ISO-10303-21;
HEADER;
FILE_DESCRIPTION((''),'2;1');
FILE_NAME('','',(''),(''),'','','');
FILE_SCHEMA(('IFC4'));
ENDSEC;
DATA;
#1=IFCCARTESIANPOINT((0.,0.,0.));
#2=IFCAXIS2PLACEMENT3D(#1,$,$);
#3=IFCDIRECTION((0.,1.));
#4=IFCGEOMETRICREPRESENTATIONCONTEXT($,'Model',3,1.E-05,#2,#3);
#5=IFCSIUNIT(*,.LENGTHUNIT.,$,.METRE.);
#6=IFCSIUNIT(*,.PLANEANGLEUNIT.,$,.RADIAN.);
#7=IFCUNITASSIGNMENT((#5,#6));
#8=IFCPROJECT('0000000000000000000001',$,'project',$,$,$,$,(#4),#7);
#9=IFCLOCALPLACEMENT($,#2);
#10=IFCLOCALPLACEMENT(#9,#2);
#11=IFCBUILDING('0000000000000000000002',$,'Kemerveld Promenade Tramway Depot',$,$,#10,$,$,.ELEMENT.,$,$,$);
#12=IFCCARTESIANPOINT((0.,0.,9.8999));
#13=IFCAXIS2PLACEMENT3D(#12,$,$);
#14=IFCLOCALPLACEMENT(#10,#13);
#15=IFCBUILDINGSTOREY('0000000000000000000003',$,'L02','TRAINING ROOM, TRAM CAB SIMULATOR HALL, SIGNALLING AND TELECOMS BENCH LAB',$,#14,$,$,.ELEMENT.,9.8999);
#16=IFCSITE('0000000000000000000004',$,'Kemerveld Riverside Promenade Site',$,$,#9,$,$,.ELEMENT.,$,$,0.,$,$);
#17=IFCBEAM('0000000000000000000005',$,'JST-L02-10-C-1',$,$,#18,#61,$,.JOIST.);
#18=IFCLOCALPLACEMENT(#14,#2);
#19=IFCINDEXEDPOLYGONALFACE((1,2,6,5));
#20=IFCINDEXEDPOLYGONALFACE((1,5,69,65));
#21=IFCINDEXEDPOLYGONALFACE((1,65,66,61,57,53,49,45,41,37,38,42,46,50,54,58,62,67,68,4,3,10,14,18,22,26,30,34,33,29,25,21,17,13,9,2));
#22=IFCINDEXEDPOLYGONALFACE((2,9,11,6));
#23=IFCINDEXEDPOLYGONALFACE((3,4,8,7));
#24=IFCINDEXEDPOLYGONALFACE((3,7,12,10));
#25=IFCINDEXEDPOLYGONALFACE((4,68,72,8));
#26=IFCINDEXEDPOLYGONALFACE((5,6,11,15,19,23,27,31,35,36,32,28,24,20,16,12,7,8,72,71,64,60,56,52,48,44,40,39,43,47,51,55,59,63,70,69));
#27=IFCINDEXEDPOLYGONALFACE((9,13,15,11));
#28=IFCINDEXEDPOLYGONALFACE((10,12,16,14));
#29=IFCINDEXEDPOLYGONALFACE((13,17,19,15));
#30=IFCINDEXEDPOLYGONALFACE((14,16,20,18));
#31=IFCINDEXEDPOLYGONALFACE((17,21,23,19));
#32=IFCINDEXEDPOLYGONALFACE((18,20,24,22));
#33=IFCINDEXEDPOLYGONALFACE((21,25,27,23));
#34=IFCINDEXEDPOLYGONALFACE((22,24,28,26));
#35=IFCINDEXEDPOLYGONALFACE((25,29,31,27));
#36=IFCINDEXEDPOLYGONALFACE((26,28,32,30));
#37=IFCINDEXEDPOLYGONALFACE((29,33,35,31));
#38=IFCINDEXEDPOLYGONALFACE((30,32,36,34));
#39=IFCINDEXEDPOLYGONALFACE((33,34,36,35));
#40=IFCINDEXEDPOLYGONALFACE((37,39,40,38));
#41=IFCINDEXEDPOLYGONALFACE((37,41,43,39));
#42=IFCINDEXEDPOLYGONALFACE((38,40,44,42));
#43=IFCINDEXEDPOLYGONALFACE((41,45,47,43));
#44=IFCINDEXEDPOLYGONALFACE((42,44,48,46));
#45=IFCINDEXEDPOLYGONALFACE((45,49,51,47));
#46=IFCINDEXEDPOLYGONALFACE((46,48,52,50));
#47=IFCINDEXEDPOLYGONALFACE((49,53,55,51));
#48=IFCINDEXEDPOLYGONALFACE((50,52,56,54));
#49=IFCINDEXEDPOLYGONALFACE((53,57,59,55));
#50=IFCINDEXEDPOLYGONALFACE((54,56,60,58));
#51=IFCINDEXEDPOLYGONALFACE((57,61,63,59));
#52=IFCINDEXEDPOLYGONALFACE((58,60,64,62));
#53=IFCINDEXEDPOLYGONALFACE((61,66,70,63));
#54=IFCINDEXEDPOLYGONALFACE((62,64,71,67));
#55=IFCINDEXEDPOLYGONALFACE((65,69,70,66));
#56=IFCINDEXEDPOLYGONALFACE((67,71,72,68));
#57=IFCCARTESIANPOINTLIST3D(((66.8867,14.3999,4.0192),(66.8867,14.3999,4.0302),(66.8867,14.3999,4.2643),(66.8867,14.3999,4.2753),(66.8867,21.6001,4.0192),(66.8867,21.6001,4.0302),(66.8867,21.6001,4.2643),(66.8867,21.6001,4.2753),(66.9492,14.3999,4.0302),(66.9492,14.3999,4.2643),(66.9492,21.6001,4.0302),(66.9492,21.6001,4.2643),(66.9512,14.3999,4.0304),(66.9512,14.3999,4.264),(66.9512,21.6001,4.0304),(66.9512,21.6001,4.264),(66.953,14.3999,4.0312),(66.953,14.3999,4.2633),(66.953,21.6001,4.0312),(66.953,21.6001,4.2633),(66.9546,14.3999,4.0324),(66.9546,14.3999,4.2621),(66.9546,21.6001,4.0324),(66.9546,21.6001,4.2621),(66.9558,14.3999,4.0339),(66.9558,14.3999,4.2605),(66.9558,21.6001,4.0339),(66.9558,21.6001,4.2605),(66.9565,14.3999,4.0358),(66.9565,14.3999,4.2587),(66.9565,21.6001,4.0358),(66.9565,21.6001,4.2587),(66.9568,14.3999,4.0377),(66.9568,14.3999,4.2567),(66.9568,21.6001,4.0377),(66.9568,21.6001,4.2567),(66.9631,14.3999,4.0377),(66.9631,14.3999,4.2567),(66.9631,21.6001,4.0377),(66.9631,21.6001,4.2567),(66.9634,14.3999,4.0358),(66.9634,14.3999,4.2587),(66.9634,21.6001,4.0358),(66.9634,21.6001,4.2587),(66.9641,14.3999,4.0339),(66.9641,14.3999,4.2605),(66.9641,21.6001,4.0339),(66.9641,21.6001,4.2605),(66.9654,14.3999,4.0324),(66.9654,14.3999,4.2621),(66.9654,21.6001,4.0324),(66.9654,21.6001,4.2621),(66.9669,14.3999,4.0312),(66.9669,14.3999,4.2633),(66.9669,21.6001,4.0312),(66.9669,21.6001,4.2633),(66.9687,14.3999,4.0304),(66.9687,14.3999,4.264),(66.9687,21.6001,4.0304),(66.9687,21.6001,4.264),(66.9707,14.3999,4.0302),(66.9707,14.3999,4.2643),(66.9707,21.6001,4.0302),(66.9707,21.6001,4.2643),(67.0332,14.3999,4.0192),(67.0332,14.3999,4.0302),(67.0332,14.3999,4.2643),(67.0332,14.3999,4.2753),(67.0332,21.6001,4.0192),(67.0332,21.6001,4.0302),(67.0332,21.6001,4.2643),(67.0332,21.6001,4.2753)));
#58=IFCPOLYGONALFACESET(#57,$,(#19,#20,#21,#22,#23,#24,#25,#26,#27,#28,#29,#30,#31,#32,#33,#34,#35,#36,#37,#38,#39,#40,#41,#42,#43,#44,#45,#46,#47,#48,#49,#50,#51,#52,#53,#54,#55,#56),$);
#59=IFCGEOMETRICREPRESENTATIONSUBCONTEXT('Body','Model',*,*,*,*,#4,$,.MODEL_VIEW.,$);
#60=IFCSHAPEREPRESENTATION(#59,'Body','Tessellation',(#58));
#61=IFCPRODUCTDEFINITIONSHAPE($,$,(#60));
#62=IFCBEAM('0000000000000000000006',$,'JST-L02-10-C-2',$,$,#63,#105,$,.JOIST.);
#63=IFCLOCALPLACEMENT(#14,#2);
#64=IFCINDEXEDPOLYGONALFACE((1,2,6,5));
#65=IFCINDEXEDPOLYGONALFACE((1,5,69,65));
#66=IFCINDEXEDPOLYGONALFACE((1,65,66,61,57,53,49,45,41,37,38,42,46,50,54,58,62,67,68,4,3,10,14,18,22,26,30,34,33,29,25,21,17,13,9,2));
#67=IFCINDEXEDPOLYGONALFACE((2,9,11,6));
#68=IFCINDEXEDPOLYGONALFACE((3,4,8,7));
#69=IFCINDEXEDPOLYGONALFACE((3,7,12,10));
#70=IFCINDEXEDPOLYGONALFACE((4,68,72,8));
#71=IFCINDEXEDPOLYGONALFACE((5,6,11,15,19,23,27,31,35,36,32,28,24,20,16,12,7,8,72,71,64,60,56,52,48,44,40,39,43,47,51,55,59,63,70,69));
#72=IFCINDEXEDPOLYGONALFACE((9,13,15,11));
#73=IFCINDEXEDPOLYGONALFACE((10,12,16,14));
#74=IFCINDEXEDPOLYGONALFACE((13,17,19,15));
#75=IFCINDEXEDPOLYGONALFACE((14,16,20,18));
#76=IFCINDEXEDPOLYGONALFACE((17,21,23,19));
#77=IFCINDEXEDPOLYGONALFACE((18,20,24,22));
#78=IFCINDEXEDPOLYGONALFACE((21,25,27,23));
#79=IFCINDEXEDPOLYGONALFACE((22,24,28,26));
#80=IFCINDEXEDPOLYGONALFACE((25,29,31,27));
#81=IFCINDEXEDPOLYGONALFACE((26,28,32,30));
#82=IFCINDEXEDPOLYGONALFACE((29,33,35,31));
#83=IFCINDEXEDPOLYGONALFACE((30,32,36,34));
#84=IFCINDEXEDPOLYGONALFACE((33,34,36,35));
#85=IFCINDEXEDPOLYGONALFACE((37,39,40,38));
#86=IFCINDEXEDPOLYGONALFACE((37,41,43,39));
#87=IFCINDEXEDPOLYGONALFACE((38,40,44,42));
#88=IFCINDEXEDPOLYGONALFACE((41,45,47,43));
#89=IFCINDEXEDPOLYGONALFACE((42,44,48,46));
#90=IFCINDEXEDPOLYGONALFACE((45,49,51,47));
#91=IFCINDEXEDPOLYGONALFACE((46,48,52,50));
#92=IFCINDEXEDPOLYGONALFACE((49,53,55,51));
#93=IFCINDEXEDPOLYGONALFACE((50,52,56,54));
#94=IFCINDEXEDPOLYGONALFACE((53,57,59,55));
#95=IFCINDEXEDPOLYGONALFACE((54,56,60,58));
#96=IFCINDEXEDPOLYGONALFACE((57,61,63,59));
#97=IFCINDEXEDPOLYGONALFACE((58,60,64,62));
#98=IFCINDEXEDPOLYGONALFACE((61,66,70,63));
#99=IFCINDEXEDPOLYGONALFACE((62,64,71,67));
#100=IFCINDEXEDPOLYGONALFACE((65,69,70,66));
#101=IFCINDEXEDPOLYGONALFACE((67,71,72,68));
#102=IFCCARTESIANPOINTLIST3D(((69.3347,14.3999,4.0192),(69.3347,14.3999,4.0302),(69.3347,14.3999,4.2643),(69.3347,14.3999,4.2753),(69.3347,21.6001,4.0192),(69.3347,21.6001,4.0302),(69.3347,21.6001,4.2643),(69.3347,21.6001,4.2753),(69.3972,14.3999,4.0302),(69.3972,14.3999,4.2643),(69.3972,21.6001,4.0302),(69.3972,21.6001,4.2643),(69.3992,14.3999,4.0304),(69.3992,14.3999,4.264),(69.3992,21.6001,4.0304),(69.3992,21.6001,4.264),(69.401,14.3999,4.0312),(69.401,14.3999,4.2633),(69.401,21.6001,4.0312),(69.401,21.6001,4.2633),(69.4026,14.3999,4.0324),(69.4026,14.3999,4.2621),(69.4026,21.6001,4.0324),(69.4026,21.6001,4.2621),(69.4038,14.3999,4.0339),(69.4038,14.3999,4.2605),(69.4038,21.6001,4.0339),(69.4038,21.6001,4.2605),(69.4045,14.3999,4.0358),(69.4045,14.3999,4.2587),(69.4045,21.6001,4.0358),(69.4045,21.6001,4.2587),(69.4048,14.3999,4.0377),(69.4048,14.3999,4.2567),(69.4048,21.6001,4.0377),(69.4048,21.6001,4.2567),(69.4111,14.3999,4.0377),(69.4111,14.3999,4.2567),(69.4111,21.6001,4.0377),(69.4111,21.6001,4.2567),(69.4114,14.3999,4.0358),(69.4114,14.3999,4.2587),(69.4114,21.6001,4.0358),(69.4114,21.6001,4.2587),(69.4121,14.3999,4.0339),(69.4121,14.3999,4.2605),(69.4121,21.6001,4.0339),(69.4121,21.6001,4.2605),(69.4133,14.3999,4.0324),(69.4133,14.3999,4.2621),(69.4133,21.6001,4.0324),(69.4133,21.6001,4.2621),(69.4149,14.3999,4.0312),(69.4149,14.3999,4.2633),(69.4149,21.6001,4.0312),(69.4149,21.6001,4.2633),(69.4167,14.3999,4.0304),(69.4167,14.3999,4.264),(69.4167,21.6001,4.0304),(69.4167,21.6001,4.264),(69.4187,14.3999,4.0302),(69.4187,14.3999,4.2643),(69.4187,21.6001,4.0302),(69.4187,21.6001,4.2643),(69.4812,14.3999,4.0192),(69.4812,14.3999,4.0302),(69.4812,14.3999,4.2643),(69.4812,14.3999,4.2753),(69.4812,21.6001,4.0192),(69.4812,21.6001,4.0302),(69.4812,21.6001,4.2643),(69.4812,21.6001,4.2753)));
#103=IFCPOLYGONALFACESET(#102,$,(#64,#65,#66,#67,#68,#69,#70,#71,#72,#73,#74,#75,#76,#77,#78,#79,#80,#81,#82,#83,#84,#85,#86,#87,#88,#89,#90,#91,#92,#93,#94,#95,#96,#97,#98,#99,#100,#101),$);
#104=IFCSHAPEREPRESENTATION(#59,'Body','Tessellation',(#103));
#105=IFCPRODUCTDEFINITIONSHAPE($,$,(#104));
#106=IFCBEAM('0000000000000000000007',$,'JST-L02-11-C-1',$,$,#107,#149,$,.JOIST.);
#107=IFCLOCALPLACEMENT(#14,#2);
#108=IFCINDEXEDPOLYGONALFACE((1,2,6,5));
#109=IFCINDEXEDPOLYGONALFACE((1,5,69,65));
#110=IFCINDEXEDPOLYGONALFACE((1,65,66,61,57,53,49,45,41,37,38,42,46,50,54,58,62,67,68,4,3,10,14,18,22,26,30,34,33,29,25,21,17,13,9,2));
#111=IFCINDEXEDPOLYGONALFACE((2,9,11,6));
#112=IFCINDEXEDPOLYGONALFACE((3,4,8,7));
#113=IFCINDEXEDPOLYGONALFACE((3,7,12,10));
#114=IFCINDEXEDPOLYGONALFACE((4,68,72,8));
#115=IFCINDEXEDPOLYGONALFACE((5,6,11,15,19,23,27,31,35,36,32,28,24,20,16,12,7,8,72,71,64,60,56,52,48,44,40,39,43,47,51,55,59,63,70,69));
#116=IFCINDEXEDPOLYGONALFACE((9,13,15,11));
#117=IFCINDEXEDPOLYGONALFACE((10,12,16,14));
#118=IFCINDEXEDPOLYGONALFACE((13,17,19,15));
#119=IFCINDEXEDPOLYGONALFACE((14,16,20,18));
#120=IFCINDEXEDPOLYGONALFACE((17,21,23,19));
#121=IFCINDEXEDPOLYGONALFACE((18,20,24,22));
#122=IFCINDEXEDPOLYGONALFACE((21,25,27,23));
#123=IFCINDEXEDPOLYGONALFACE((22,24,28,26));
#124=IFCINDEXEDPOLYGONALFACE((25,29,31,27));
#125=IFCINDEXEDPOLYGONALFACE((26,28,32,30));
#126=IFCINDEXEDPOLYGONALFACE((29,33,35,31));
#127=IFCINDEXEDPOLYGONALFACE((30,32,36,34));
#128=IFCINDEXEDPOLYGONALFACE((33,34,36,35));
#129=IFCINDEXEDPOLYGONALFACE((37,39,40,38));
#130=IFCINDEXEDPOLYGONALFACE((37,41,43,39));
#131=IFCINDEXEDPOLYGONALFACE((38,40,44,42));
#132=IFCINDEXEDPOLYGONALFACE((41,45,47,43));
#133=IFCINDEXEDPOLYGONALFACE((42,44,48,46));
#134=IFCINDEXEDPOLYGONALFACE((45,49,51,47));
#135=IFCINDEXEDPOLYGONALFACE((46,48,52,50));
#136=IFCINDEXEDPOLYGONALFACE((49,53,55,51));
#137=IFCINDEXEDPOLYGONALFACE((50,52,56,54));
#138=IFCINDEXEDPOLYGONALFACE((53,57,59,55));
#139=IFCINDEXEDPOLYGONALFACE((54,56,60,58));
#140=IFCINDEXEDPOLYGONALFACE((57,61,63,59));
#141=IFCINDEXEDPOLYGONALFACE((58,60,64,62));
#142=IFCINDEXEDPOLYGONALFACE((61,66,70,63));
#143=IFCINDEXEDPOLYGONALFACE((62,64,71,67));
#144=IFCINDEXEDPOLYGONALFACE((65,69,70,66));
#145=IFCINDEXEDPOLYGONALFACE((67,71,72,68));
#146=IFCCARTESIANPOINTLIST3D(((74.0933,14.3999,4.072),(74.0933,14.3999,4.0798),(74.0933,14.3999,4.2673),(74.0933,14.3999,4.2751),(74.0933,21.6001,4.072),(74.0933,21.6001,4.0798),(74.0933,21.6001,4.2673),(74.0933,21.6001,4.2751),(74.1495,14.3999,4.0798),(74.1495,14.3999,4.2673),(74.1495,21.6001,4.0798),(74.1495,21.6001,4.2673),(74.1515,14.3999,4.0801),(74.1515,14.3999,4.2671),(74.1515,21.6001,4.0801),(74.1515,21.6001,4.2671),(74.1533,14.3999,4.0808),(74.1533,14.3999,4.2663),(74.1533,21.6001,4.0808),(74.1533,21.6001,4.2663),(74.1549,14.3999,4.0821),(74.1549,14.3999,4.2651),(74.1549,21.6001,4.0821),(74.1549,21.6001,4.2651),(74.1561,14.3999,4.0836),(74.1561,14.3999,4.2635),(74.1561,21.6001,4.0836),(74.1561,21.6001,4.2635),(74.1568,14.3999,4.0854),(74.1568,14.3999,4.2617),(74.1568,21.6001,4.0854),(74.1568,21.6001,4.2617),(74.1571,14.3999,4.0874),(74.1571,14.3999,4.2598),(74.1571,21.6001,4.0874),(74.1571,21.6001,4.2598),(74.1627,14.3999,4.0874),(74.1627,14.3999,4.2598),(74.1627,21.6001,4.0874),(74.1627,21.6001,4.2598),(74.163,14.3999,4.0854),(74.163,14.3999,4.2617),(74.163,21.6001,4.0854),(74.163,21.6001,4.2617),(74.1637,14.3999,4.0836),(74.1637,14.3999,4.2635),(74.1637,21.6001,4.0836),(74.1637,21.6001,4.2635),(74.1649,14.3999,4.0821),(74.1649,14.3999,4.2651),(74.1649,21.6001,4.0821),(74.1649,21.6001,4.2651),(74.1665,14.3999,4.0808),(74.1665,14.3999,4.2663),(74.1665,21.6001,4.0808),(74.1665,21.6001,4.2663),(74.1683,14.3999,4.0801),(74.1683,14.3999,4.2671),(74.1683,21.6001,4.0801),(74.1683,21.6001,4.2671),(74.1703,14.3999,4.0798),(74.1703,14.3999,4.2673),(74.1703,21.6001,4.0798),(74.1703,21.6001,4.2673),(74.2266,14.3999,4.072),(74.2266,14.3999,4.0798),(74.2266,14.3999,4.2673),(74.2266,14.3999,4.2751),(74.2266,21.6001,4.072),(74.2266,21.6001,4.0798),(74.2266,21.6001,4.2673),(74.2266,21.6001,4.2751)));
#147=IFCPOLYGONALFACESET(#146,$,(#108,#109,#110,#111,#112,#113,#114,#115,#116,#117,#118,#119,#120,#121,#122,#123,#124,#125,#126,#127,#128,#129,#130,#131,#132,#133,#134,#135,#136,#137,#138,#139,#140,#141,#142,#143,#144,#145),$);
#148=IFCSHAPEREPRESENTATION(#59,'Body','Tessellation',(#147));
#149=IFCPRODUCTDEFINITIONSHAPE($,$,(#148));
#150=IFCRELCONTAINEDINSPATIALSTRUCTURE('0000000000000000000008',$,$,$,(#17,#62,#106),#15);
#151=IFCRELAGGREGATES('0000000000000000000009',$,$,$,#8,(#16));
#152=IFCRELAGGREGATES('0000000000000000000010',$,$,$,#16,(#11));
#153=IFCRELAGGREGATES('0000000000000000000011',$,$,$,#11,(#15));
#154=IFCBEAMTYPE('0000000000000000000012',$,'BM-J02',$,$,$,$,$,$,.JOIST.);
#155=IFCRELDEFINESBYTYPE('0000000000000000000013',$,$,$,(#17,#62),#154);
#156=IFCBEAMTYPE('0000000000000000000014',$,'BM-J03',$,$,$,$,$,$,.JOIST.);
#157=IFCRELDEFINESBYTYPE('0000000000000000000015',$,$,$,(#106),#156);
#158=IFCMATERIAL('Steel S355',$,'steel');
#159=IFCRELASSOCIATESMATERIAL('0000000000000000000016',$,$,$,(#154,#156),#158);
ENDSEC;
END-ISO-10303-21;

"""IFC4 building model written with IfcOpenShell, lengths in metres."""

from ifc_helpers import new_model, si_unit, direction, frame, origin, origin_2d, place, context, subcontext, project, spatial, i_section, extrude, material, material_profile, profile_set, type_object, element, save


model = new_model("IFC4")

# Units and contexts
model_context = context("Model", 3, precision=1e-05, world=origin(), true_north=direction((0.0, 1.0)))
body_context = subcontext(model_context, "Body", "Model", "MODEL_VIEW")
ifc_project = project(units=[si_unit("LENGTHUNIT", "METRE"), si_unit("PLANEANGLEUNIT", "RADIAN")], contexts=[model_context])

# Site, building, storey
site_placement = place(None, origin())
site = spatial("IfcSite", under=ifc_project, at=site_placement, Name="Kemerveld Riverside Promenade Site", CompositionType="ELEMENT", RefElevation=0.0)
building_placement = place(site_placement, origin())
building = spatial("IfcBuilding", under=site, at=building_placement, Name="Kemerveld Promenade Tramway Depot", CompositionType="ELEMENT")
storey_placement = place(building_placement, frame((0.0, 0.0, 9.8999)))
storey = spatial("IfcBuildingStorey", under=building, at=storey_placement, Name="L02", Description="TRAINING ROOM, TRAM CAB SIMULATOR HALL, SIGNALLING AND TELECOMS BENCH LAB", CompositionType="ELEMENT", Elevation=9.8999)

# Shared definitions
ifc_material_1 = material(Name="Steel S355", Category="steel")

# Beams
ifc_material_profile_1 = material_profile(ifc_material_1, i_section(OverallWidth=0.1465, OverallDepth=0.2561, WebThickness=0.0063, FlangeThickness=0.011, FilletRadius=0.0076, at=origin_2d()), Name="254x146x37 UB")
ifc_profile_set_1 = profile_set([ifc_material_profile_1], Name="Steel S355")
beam_type_1 = type_object("IfcBeamType", Name="BM-J02", PredefinedType="JOIST", material=ifc_profile_set_1)
for number, where, z_axis, x_axis, name in (
    (1, (66.96, 14.3999, 4.1472), (0.0, 1.0, 0.0), (-1.0, 0.0, 0.0), "JST-L02-10-C-1"),
    (2, (69.408, 14.3999, 4.1472), (0.0, 1.0, 0.0), (-1.0, 0.0, 0.0), "JST-L02-10-C-2"),
):
    element("IfcBeam", number, at=place(storey_placement, frame(where, z_axis=z_axis, x_axis=x_axis)), inside=storey, type_object=beam_type_1, Name=name, PredefinedType="JOIST", context=body_context, shape_type="SweptSolid", body=[
        extrude(i_section(OverallWidth=0.1465, OverallDepth=0.2561, WebThickness=0.0063, FlangeThickness=0.011, FilletRadius=0.0076, at=origin_2d()), origin(), (0.0, 0.0, 1.0), 7.2002),
    ])
ifc_material_profile_2 = material_profile(ifc_material_1, i_section(OverallWidth=0.1333, OverallDepth=0.2031, WebThickness=0.0056, FlangeThickness=0.0078, FilletRadius=0.0076, at=origin_2d()), Name="203x133x25 UB")
ifc_profile_set_2 = profile_set([ifc_material_profile_2], Name="Steel S355")
beam_type_2 = type_object("IfcBeamType", Name="BM-J03", PredefinedType="JOIST", material=ifc_profile_set_2)
beam_1_placement = place(storey_placement, frame((74.1599, 14.3999, 4.1736), z_axis=(0.0, 1.0, 0.0), x_axis=(-1.0, 0.0, 0.0)))
element("IfcBeam", 3, at=beam_1_placement, inside=storey, type_object=beam_type_2, Name="JST-L02-11-C-1", PredefinedType="JOIST", context=body_context, shape_type="SweptSolid", body=[
    extrude(i_section(OverallWidth=0.1333, OverallDepth=0.2031, WebThickness=0.0056, FlangeThickness=0.0078, FilletRadius=0.0076, at=origin_2d()), origin(), (0.0, 0.0, 1.0), 7.2002),
])

save(model, "model.ifc")
